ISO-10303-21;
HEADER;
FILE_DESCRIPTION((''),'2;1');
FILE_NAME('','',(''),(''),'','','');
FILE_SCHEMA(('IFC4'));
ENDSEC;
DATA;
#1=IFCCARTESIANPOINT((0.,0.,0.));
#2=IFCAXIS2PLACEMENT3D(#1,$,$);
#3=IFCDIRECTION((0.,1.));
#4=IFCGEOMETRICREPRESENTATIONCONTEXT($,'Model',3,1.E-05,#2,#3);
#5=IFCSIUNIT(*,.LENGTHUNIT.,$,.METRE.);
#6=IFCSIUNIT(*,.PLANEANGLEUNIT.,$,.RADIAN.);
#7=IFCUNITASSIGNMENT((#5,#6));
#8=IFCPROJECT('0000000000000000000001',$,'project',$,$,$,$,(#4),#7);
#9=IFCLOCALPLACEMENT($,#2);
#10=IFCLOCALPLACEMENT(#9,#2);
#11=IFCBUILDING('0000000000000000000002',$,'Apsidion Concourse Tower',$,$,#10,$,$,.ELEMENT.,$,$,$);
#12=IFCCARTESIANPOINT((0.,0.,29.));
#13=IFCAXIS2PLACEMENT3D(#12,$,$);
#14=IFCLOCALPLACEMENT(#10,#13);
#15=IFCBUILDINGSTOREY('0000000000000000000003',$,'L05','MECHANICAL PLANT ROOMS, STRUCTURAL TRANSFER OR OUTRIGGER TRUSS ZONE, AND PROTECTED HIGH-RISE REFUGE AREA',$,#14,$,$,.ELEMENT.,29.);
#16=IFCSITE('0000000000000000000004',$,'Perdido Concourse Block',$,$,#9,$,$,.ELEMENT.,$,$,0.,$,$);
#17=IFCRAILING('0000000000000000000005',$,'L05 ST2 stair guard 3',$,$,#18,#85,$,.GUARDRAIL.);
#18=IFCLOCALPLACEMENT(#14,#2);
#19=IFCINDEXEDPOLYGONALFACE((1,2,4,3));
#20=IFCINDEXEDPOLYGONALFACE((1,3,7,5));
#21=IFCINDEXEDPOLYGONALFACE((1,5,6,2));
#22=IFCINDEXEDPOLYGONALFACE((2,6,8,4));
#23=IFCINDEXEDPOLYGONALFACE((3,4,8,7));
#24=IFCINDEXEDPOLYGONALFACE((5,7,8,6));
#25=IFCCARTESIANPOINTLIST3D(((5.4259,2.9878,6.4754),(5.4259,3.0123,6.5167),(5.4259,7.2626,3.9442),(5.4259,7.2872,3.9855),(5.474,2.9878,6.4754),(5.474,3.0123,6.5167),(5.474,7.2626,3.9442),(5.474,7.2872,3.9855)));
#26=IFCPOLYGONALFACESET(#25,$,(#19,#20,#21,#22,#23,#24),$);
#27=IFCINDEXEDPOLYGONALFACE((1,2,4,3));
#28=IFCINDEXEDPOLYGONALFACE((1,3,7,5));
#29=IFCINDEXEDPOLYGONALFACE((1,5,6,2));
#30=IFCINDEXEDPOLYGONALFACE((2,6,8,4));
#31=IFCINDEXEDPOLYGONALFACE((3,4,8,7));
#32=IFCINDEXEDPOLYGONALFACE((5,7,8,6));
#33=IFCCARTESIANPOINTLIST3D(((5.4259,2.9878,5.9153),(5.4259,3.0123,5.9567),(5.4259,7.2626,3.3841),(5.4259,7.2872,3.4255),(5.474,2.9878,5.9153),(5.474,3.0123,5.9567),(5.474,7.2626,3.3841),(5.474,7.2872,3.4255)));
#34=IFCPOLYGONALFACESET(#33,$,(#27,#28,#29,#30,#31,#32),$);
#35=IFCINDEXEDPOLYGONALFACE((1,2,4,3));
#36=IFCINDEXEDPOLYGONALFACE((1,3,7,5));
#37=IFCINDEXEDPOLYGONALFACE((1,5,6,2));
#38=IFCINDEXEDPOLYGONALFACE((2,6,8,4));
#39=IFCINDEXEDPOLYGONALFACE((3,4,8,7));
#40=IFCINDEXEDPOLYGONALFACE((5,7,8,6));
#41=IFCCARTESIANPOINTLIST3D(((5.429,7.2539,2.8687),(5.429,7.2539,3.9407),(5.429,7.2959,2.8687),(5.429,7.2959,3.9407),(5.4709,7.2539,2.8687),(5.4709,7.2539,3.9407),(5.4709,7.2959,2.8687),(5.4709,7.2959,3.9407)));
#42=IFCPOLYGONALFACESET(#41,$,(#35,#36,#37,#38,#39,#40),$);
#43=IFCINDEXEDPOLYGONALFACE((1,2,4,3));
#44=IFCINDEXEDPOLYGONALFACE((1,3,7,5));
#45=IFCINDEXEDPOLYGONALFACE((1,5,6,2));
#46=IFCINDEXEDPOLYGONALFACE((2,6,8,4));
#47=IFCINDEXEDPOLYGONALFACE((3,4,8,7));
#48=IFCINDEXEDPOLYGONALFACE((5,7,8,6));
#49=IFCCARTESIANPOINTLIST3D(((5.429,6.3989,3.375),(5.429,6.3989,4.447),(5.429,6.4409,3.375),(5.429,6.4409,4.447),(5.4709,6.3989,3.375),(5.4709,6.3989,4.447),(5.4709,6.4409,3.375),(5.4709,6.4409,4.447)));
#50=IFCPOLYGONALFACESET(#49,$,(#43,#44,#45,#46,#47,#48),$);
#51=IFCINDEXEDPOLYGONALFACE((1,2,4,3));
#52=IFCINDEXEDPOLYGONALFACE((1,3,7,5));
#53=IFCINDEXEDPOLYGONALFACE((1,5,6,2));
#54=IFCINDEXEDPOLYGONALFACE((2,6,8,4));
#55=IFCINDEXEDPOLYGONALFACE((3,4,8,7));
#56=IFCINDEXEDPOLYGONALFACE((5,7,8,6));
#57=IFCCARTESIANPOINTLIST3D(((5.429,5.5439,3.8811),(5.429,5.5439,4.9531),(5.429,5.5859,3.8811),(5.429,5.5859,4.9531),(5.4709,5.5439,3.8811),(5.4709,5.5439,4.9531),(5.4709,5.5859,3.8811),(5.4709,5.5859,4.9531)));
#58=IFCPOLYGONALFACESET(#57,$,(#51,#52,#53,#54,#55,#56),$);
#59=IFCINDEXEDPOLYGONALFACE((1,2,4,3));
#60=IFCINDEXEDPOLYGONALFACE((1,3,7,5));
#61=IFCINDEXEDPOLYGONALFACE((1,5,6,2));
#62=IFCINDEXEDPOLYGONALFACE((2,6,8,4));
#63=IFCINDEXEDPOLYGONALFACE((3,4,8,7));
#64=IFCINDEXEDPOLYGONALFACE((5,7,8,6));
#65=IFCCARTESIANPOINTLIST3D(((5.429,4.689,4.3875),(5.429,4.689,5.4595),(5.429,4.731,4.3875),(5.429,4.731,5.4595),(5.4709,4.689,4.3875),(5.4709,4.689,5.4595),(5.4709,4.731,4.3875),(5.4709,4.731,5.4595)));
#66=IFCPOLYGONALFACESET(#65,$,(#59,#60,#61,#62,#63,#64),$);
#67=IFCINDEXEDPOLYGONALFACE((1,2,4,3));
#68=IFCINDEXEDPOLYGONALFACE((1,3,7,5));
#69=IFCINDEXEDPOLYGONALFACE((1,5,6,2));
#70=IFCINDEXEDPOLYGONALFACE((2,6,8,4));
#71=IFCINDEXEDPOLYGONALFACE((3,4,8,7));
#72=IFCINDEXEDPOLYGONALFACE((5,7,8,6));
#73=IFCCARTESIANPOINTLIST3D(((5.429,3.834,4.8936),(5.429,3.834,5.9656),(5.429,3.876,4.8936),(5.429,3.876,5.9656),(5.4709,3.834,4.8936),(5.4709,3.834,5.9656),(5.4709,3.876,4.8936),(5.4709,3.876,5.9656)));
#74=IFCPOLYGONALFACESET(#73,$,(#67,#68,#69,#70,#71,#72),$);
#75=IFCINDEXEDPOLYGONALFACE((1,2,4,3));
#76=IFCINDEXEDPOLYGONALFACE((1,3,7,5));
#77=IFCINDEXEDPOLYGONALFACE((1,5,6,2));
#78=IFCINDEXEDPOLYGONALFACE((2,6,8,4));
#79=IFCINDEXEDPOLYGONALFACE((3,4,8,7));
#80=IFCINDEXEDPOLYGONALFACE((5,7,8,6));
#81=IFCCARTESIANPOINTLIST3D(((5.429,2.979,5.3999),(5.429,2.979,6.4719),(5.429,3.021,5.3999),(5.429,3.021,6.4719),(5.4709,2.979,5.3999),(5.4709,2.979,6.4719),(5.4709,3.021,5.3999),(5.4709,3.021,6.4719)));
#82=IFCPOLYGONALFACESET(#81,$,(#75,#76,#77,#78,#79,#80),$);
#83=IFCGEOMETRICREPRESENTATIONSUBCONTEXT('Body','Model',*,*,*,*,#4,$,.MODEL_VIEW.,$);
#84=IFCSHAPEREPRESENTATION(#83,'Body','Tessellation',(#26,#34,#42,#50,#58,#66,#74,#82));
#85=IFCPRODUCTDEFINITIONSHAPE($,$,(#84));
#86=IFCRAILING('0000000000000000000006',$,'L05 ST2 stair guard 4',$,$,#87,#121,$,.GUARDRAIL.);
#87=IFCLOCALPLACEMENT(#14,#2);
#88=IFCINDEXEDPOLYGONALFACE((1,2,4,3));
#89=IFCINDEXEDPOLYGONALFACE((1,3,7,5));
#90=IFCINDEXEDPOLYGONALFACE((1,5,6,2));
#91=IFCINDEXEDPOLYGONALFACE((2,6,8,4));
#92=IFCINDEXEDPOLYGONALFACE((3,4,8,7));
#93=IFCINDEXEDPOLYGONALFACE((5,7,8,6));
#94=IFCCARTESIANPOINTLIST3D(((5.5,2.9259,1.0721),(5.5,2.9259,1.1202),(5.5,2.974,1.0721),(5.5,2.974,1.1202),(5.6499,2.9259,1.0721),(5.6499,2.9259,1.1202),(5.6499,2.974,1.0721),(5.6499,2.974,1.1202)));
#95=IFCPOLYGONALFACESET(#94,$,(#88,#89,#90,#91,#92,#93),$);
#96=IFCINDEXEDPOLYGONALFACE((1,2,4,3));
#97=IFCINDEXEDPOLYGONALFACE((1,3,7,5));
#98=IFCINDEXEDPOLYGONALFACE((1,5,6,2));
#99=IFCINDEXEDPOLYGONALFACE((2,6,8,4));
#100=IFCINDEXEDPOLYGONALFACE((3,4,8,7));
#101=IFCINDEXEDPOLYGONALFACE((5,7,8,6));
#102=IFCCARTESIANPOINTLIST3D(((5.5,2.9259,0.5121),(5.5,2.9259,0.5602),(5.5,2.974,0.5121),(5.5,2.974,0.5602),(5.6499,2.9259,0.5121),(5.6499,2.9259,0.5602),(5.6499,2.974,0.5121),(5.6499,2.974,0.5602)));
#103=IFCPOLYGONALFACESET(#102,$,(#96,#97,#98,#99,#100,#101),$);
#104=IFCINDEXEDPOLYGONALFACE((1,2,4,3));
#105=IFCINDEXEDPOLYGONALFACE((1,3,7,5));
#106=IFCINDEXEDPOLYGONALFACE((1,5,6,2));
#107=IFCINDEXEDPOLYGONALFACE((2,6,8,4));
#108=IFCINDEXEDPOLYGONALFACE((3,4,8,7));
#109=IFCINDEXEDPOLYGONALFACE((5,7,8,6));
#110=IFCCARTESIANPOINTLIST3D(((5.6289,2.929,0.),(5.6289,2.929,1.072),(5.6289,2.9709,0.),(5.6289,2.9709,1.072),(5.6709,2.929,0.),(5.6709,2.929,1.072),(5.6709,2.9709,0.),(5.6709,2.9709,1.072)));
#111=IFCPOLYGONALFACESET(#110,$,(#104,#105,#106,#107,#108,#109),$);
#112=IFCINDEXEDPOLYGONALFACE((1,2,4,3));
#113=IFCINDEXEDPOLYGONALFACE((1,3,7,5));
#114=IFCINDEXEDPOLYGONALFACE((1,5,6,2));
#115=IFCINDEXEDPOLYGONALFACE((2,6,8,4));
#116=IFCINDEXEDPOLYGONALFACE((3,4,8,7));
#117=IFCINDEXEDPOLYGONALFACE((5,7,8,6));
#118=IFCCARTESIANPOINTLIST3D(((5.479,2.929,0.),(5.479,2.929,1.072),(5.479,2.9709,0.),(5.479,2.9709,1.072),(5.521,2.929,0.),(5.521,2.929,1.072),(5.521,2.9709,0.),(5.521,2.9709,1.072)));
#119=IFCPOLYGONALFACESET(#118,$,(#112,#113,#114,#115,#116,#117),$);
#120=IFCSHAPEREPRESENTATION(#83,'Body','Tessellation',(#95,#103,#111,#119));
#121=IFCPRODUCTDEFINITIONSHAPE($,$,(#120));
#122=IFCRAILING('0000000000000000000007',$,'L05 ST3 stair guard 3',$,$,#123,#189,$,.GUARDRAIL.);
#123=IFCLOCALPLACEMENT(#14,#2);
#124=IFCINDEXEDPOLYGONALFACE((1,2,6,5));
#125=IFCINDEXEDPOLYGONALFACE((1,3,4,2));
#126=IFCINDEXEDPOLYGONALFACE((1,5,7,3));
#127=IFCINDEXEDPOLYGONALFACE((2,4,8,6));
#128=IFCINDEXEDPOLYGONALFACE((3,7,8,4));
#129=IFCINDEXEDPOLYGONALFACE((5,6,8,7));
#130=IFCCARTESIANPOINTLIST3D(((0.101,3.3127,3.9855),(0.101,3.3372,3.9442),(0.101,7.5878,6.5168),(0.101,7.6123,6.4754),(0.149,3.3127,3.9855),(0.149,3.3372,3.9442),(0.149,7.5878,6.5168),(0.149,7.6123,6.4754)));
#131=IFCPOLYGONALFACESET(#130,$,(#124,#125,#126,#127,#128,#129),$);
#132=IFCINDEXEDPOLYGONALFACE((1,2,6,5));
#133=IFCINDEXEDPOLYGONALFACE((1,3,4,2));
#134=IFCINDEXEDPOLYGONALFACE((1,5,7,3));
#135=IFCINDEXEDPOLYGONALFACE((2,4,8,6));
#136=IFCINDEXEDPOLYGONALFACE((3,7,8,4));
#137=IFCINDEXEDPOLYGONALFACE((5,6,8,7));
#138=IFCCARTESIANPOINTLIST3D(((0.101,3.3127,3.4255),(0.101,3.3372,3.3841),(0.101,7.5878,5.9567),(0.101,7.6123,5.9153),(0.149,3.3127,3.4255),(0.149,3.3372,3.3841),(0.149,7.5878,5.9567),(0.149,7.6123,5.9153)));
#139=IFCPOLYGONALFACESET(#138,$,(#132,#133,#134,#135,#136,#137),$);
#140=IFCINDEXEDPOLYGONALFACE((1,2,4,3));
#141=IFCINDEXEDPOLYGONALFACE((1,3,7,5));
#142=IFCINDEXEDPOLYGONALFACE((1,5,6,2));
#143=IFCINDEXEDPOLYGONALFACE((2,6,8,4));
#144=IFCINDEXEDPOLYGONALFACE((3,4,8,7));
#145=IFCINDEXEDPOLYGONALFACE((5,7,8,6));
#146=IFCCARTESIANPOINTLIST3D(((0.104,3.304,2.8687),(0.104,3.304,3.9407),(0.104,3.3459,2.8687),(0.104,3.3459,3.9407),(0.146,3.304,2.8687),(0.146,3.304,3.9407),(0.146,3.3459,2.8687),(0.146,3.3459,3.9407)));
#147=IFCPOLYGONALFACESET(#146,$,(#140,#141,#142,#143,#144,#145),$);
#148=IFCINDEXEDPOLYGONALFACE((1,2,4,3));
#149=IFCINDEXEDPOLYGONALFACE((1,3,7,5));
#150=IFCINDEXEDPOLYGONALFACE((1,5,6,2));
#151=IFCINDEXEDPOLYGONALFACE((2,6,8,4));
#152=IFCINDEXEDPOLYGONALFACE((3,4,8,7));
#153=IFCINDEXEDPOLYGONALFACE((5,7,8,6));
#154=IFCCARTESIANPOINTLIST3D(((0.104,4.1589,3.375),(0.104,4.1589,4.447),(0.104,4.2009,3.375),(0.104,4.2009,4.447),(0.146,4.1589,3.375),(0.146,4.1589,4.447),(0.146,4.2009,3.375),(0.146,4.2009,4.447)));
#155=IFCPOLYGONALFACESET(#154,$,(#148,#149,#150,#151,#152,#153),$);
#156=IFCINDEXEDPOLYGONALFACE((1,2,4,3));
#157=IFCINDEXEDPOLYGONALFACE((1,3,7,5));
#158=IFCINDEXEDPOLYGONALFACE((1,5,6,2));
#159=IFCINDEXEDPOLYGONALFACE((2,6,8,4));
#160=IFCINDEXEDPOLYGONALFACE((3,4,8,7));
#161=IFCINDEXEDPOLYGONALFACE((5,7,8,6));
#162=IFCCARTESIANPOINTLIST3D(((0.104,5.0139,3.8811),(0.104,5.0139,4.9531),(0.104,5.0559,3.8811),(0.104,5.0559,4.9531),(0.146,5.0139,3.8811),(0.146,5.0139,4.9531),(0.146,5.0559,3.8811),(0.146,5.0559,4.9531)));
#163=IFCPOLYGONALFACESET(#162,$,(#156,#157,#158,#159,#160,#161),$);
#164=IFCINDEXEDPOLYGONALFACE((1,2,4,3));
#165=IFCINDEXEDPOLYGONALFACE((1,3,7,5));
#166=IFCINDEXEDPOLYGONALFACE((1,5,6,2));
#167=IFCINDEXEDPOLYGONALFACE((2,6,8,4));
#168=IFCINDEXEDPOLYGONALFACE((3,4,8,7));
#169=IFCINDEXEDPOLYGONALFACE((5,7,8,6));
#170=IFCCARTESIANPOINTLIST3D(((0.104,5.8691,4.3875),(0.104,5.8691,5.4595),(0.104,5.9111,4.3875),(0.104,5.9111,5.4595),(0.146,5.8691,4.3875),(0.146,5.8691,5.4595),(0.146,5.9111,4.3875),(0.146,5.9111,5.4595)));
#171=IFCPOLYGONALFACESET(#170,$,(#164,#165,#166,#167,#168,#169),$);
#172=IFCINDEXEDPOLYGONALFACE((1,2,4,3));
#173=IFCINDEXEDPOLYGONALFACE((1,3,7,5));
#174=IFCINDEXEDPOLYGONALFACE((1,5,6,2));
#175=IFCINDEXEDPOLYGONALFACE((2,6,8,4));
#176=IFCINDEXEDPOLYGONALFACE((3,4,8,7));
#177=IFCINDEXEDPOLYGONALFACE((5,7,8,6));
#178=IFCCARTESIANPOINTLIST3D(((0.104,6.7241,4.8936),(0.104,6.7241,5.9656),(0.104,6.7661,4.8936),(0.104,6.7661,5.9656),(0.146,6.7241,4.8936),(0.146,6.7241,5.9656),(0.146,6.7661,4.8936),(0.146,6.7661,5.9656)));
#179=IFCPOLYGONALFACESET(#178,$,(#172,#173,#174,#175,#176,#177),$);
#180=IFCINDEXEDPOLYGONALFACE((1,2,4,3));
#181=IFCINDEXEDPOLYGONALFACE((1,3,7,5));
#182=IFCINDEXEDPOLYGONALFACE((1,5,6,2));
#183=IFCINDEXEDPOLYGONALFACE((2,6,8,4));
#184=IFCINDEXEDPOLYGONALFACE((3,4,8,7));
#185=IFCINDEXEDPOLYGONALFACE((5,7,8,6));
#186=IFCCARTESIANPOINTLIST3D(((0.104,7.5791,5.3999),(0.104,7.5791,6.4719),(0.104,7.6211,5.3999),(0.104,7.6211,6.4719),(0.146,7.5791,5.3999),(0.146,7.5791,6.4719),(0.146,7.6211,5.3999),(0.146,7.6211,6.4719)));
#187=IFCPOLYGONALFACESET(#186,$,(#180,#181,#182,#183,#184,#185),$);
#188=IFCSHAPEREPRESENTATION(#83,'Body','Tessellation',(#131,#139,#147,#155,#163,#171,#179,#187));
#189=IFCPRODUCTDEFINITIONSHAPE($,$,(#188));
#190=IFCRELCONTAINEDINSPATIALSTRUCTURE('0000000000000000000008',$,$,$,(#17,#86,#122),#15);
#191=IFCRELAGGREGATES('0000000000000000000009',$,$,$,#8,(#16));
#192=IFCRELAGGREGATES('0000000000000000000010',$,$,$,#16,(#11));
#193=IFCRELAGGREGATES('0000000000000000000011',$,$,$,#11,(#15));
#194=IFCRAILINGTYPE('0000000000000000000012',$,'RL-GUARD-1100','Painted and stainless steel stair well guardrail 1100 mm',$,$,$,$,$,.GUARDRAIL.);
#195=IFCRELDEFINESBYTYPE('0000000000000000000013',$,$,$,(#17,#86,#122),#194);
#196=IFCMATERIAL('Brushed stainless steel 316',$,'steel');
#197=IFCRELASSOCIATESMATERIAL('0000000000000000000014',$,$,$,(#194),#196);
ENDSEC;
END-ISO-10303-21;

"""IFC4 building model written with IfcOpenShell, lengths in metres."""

from ifc_helpers import new_model, si_unit, direction, frame, origin, origin_2d, place, context, subcontext, project, spatial, rectangle, extrude, material, type_object, element, save


model = new_model("IFC4")

# Units and contexts
model_context = context("Model", 3, precision=1e-05, world=origin(), true_north=direction((0.0, 1.0)))
body_context = subcontext(model_context, "Body", "Model", "MODEL_VIEW")
ifc_project = project(units=[si_unit("LENGTHUNIT", "METRE"), si_unit("PLANEANGLEUNIT", "RADIAN")], contexts=[model_context])

# Site, building, storey
site_placement = place(None, origin())
site = spatial("IfcSite", under=ifc_project, at=site_placement, Name="Perdido Concourse Block", CompositionType="ELEMENT", RefElevation=0.0)
building_placement = place(site_placement, origin())
building = spatial("IfcBuilding", under=site, at=building_placement, Name="Apsidion Concourse Tower", CompositionType="ELEMENT")
storey_placement = place(building_placement, frame((0.0, 0.0, 29.0)))
storey = spatial("IfcBuildingStorey", under=building, at=storey_placement, Name="L05", Description="MECHANICAL PLANT ROOMS, STRUCTURAL TRANSFER OR OUTRIGGER TRUSS ZONE, AND PROTECTED HIGH-RISE REFUGE AREA", CompositionType="ELEMENT", Elevation=29.0)

# Railings
ifc_material_1 = material(Name="Brushed stainless steel 316", Category="steel")
railing_type_1 = type_object("IfcRailingType", Name="RL-GUARD-1100", Description="Painted and stainless steel stair well guardrail 1100 mm", PredefinedType="GUARDRAIL", material=ifc_material_1)
railing_1_placement = place(storey_placement, frame((5.45, 7.2749, 2.8687)))
element("IfcRailing", 1, at=railing_1_placement, inside=storey, type_object=railing_type_1, Name="L05 ST2 stair guard 3", PredefinedType="GUARDRAIL", context=body_context, shape_type="SweptSolid", body=[
    extrude(rectangle(XDim=0.0481, YDim=0.0481, at=origin_2d()), frame((0.0, 0.0, 1.0962), z_axis=(0.0, -0.86047, 0.509501), x_axis=(1.0, 0.0, 0.0)), (0.0, 0.0, 1.0), 4.968),
    extrude(rectangle(XDim=0.0481, YDim=0.0481, at=origin_2d()), frame((0.0, 0.0, 0.5361), z_axis=(0.0, -0.86047, 0.509501), x_axis=(1.0, 0.0, 0.0)), (0.0, 0.0, 1.0), 4.968),
    extrude(rectangle(XDim=0.042, YDim=0.042, at=origin_2d()), origin(), (0.0, 0.0, 1.0), 1.072),
    extrude(rectangle(XDim=0.042, YDim=0.042, at=origin_2d()), frame((0.0, -0.855, 0.5063)), (0.0, 0.0, 1.0), 1.072),
    extrude(rectangle(XDim=0.042, YDim=0.042, at=origin_2d()), frame((0.0, -1.71, 1.0125)), (0.0, 0.0, 1.0), 1.072),
    extrude(rectangle(XDim=0.042, YDim=0.042, at=origin_2d()), frame((0.0, -2.5649, 1.5188)), (0.0, 0.0, 1.0), 1.072),
    extrude(rectangle(XDim=0.042, YDim=0.042, at=origin_2d()), frame((0.0, -3.4199, 2.0249)), (0.0, 0.0, 1.0), 1.072),
    extrude(rectangle(XDim=0.042, YDim=0.042, at=origin_2d()), frame((0.0, -4.2749, 2.5312)), (0.0, 0.0, 1.0), 1.072),
])
railing_2_placement = place(storey_placement, frame((5.6499, 2.95, 0.0)))
element("IfcRailing", 2, at=railing_2_placement, inside=storey, type_object=railing_type_1, Name="L05 ST2 stair guard 4", PredefinedType="GUARDRAIL", context=body_context, shape_type="SweptSolid", body=[
    extrude(rectangle(XDim=0.0481, YDim=0.0481, at=origin_2d()), frame((0.0, 0.0, 1.0962), z_axis=(-1.0, 0.0, 0.0), x_axis=(0.0, -1.0, 0.0)), (0.0, 0.0, 1.0), 0.1499),
    extrude(rectangle(XDim=0.0481, YDim=0.0481, at=origin_2d()), frame((0.0, 0.0, 0.5361), z_axis=(-1.0, 0.0, 0.0), x_axis=(0.0, -1.0, 0.0)), (0.0, 0.0, 1.0), 0.1499),
    extrude(rectangle(XDim=0.042, YDim=0.042, at=origin_2d()), origin(), (0.0, 0.0, 1.0), 1.072),
    extrude(rectangle(XDim=0.042, YDim=0.042, at=origin_2d()), frame((-0.1499, 0.0, 0.0)), (0.0, 0.0, 1.0), 1.072),
])
railing_3_placement = place(storey_placement, frame((0.125, 3.325, 2.8687)))
element("IfcRailing", 3, at=railing_3_placement, inside=storey, type_object=railing_type_1, Name="L05 ST3 stair guard 3", PredefinedType="GUARDRAIL", context=body_context, shape_type="SweptSolid", body=[
    extrude(rectangle(XDim=0.0481, YDim=0.0481, at=origin_2d()), frame((0.0, 0.0, 1.0962), z_axis=(0.0, 0.860483, 0.509479), x_axis=(-1.0, 0.0, 0.0)), (0.0, 0.0, 1.0), 4.9683),
    extrude(rectangle(XDim=0.0481, YDim=0.0481, at=origin_2d()), frame((0.0, 0.0, 0.5361), z_axis=(0.0, 0.860483, 0.509479), x_axis=(-1.0, 0.0, 0.0)), (0.0, 0.0, 1.0), 4.9683),
    extrude(rectangle(XDim=0.042, YDim=0.042, at=origin_2d()), origin(), (0.0, 0.0, 1.0), 1.072),
    extrude(rectangle(XDim=0.042, YDim=0.042, at=origin_2d()), frame((0.0, 0.855, 0.5063)), (0.0, 0.0, 1.0), 1.072),
    extrude(rectangle(XDim=0.042, YDim=0.042, at=origin_2d()), frame((0.0, 1.71, 1.0125)), (0.0, 0.0, 1.0), 1.072),
    extrude(rectangle(XDim=0.042, YDim=0.042, at=origin_2d()), frame((0.0, 2.5652, 1.5188)), (0.0, 0.0, 1.0), 1.072),
    extrude(rectangle(XDim=0.042, YDim=0.042, at=origin_2d()), frame((0.0, 3.4202, 2.0249)), (0.0, 0.0, 1.0), 1.072),
    extrude(rectangle(XDim=0.042, YDim=0.042, at=origin_2d()), frame((0.0, 4.2751, 2.5312)), (0.0, 0.0, 1.0), 1.072),
])

save(model, "model.ifc")
